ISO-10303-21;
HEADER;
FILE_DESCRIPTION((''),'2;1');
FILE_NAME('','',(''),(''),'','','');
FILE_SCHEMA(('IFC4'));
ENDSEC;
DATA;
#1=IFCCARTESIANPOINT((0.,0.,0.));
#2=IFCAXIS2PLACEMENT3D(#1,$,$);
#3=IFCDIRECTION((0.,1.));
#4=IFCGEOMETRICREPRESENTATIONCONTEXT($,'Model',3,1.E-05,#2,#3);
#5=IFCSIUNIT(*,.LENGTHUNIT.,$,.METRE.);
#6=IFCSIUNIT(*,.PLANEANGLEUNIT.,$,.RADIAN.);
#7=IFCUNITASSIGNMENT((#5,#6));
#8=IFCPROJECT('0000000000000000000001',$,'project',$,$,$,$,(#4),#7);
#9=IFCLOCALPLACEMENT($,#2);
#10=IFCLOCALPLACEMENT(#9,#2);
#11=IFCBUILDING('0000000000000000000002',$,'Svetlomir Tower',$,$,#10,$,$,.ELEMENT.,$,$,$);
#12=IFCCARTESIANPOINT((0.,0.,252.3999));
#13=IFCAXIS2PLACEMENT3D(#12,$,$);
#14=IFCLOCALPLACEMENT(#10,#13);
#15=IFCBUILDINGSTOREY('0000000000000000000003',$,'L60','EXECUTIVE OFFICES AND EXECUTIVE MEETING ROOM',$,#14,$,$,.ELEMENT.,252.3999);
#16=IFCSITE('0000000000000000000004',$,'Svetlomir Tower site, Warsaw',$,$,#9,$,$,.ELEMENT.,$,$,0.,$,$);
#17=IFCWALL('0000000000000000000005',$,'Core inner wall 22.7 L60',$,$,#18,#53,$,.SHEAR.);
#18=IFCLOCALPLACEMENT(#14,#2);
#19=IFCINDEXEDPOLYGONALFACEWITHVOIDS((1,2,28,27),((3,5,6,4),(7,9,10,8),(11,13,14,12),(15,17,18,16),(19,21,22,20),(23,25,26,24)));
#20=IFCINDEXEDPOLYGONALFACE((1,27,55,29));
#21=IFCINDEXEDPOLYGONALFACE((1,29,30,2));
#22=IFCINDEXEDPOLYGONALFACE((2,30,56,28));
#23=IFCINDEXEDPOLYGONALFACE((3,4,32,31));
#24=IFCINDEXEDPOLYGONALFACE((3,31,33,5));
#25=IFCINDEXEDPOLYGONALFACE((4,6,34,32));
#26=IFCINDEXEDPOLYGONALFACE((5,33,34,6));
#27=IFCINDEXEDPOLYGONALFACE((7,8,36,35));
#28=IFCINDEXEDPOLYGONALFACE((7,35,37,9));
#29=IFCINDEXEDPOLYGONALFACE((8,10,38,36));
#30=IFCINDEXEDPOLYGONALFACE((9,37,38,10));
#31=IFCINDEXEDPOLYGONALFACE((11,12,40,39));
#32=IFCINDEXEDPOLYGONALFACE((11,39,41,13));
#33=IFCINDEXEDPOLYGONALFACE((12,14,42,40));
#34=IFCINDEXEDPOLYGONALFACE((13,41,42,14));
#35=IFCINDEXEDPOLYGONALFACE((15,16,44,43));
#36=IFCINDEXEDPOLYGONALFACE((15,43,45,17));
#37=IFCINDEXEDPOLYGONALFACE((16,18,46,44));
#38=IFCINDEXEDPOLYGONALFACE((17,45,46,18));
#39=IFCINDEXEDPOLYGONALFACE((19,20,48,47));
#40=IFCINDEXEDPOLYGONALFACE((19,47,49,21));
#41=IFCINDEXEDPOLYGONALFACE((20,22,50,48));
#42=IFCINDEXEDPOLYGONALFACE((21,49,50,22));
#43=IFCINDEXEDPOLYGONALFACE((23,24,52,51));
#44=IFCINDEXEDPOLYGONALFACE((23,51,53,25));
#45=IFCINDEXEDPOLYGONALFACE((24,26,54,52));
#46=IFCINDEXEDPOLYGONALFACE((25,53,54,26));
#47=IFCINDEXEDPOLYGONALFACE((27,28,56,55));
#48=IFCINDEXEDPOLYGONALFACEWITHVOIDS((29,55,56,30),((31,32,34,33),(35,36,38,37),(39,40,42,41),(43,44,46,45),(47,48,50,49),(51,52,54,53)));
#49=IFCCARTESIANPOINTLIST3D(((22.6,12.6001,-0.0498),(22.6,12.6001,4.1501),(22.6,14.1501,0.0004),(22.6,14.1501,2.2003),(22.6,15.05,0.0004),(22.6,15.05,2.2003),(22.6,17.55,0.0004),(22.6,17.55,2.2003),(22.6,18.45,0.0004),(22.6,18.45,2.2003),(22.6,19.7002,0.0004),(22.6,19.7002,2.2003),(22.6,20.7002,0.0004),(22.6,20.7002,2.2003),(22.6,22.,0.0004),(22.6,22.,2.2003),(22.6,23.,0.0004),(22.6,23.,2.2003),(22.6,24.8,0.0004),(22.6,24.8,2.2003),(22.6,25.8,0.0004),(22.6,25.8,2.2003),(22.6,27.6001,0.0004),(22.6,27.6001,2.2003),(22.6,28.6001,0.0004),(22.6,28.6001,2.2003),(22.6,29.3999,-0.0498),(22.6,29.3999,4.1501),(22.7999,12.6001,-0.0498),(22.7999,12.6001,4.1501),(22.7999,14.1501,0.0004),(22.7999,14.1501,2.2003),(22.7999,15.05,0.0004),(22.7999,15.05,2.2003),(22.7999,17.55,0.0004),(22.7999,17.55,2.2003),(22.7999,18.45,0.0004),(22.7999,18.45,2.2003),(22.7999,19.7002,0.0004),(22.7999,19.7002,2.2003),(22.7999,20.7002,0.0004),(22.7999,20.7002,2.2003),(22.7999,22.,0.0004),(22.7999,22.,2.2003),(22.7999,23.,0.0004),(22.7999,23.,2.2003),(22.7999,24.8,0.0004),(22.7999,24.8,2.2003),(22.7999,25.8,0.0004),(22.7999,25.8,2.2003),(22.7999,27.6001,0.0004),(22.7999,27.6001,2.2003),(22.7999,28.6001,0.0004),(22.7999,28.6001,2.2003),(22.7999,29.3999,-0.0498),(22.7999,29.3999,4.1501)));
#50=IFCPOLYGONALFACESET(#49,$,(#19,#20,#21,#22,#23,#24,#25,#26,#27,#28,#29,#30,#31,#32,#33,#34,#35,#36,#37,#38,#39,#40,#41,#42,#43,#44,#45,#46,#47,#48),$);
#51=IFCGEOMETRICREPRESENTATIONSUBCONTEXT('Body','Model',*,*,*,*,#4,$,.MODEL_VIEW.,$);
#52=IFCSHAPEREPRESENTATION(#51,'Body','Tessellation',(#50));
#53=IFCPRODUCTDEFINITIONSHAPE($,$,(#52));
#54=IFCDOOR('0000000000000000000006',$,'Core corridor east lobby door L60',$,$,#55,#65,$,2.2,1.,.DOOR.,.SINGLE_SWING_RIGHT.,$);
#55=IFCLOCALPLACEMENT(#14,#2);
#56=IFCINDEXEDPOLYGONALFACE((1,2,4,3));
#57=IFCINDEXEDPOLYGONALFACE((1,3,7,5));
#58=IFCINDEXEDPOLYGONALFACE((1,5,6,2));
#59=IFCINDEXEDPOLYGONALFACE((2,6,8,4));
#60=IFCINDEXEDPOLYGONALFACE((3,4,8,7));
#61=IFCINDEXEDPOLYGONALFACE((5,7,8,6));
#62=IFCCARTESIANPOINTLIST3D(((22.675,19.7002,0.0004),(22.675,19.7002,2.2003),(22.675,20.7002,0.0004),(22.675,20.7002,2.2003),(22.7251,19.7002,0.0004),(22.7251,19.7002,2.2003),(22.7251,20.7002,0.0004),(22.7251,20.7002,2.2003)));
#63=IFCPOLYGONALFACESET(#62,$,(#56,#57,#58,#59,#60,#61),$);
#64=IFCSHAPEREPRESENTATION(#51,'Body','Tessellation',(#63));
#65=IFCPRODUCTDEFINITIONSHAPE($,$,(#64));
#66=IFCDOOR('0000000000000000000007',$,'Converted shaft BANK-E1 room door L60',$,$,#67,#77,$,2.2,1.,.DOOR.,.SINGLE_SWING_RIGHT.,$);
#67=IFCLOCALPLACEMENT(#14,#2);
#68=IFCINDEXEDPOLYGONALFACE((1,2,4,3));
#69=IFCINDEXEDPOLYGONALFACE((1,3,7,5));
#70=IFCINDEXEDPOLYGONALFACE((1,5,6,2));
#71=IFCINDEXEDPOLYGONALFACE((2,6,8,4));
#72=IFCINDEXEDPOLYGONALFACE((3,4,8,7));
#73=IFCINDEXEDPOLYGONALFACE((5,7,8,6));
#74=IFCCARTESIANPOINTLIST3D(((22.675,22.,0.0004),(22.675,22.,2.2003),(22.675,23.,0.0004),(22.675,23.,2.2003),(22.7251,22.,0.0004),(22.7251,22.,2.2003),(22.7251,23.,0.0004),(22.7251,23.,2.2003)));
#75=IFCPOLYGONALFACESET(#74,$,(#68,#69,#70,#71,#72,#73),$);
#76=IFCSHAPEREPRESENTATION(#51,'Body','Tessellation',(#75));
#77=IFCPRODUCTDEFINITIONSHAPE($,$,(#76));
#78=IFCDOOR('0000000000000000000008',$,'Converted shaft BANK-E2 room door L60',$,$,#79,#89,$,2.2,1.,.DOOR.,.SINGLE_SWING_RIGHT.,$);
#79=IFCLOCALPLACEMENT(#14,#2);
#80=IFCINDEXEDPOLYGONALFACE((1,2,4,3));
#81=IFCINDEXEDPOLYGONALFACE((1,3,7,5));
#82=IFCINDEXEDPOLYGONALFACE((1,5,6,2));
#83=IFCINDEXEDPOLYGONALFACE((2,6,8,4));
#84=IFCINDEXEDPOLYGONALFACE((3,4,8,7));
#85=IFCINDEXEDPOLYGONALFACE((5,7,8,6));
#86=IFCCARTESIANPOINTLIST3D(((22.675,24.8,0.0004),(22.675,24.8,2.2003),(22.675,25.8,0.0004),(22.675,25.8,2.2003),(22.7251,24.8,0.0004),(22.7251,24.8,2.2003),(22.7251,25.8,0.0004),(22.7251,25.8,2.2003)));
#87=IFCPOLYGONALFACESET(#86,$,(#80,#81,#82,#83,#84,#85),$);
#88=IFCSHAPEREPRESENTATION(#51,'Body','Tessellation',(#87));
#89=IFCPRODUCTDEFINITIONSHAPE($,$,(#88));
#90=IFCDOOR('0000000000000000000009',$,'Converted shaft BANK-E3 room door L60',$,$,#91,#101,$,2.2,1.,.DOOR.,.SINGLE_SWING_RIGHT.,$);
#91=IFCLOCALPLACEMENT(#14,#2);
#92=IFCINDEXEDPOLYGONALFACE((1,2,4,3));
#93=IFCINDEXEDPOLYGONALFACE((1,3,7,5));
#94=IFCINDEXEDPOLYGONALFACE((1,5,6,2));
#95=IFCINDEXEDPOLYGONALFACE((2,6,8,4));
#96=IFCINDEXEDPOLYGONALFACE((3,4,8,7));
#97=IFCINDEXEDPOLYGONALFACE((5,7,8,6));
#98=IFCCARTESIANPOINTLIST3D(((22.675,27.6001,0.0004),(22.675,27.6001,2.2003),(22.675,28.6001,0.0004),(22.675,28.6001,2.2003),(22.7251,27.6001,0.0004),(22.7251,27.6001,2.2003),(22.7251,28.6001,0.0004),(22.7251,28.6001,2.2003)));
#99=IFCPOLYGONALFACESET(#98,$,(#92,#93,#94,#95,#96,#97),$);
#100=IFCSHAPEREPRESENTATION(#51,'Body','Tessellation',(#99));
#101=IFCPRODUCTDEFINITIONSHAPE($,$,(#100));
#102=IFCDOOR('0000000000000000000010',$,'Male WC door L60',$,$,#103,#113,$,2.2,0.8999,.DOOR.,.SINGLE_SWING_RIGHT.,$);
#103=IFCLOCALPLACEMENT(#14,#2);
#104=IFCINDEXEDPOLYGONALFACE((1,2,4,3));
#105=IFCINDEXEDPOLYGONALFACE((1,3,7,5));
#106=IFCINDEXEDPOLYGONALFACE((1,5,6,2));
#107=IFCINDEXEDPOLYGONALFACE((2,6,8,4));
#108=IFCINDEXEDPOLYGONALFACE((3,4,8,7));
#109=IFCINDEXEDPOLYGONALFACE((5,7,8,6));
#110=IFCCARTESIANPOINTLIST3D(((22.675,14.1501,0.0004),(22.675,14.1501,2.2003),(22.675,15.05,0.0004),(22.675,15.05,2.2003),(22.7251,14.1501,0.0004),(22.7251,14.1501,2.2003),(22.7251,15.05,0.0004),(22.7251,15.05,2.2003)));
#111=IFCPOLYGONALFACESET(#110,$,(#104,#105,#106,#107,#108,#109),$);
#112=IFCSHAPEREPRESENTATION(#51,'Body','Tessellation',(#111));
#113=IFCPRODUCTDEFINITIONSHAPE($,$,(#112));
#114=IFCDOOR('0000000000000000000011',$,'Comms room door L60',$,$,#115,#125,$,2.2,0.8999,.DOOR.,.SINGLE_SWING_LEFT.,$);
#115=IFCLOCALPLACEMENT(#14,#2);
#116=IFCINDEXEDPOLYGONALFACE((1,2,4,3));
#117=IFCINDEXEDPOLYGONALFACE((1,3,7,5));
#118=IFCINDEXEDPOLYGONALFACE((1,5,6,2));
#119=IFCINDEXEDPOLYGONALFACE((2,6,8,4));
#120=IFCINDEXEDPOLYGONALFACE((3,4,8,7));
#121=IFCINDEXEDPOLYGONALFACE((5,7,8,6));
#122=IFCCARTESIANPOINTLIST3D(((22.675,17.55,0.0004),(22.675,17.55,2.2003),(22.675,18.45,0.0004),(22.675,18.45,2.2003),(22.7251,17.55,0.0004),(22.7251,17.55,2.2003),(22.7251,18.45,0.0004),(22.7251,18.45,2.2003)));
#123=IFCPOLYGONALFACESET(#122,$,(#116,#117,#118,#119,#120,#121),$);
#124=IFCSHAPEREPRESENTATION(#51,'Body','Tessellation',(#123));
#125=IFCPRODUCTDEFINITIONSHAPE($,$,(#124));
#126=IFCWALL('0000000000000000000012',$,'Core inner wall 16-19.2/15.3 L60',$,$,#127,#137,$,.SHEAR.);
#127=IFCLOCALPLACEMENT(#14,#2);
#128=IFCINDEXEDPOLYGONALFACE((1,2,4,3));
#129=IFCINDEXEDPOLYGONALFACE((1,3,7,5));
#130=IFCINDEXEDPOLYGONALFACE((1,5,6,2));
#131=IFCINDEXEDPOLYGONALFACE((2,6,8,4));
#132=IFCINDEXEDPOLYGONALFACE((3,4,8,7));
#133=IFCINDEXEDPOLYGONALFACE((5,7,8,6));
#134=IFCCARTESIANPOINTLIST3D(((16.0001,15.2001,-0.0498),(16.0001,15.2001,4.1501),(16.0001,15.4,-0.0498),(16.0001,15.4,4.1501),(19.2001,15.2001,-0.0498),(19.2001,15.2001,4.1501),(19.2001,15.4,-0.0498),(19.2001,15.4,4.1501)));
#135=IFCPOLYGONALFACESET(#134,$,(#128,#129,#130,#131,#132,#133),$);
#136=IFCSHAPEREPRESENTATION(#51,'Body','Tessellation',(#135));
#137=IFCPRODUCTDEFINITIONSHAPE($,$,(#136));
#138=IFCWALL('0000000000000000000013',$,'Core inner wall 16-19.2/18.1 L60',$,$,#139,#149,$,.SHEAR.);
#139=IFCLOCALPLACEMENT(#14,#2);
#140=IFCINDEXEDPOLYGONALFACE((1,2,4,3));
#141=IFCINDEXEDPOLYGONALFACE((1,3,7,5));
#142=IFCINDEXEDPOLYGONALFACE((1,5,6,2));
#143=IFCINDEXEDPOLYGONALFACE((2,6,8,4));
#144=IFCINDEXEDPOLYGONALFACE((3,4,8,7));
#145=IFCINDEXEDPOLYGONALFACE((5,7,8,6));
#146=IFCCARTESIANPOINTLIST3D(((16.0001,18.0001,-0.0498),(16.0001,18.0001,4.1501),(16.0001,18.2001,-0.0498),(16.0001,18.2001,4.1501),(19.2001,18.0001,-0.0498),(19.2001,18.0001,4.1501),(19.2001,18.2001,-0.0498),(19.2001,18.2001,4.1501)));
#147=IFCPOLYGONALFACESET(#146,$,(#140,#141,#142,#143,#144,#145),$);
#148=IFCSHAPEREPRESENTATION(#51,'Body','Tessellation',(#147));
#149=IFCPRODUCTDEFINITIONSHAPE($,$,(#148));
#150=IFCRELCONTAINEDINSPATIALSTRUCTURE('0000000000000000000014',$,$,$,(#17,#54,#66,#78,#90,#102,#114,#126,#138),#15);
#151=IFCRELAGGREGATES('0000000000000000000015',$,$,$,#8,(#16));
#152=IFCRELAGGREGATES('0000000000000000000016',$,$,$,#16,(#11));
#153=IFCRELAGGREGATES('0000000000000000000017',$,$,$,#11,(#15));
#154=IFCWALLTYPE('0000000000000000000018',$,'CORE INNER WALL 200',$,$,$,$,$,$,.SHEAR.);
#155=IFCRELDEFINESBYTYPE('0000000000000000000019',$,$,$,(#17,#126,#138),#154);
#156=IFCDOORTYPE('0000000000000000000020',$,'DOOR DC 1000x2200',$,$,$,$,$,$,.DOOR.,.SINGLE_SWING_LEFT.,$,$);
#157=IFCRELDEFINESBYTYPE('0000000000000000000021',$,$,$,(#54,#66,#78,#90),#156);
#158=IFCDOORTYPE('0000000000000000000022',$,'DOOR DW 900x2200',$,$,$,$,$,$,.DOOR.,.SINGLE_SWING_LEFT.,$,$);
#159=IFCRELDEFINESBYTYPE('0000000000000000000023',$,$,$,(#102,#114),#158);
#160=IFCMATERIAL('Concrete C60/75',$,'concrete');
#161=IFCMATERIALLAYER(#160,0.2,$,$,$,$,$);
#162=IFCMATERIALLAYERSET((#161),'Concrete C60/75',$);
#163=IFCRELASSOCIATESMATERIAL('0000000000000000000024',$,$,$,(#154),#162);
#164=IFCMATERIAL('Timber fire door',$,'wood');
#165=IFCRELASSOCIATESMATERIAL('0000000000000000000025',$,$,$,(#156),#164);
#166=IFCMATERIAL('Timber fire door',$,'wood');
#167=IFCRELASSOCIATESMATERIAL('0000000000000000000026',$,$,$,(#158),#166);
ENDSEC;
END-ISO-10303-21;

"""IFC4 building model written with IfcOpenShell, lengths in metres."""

from ifc_helpers import new_model, si_unit, direction, frame, frame_2d, origin, place, context, subcontext, project, spatial, rectangle, extrude, material, layer, layer_set, type_object, element, fill, save


model = new_model("IFC4")

# Units and contexts
model_context = context("Model", 3, precision=1e-05, world=origin(), true_north=direction((0.0, 1.0)))
body_context = subcontext(model_context, "Body", "Model", "MODEL_VIEW")
ifc_project = project(units=[si_unit("LENGTHUNIT", "METRE"), si_unit("PLANEANGLEUNIT", "RADIAN")], contexts=[model_context])

# Site, building, storey
site_placement = place(None, origin())
site = spatial("IfcSite", under=ifc_project, at=site_placement, Name="Svetlomir Tower site, Warsaw", CompositionType="ELEMENT", RefElevation=0.0)
building_placement = place(site_placement, origin())
building = spatial("IfcBuilding", under=site, at=building_placement, Name="Svetlomir Tower", CompositionType="ELEMENT")
storey_placement = place(building_placement, frame((0.0, 0.0, 252.3999)))
storey = spatial("IfcBuildingStorey", under=building, at=storey_placement, Name="L60", Description="EXECUTIVE OFFICES AND EXECUTIVE MEETING ROOM", CompositionType="ELEMENT", Elevation=252.3999)

# Wall, openings, doors
ifc_material_1 = material(Name="Concrete C60/75", Category="concrete")
ifc_layer = layer(ifc_material_1, 0.2)
ifc_layer_set = layer_set([ifc_layer], Name="Concrete C60/75")
wall_type = type_object("IfcWallType", Name="CORE INNER WALL 200", PredefinedType="SHEAR", material=ifc_layer_set)
ifc_material_2 = material(Name="Timber fire door", Category="wood")
door_type_1 = type_object("IfcDoorType", Name="DOOR DC 1000x2200", OperationType="SINGLE_SWING_LEFT", PredefinedType="DOOR", material=ifc_material_2)
ifc_material_3 = material(Name="Timber fire door", Category="wood")
door_type_2 = type_object("IfcDoorType", Name="DOOR DW 900x2200", OperationType="SINGLE_SWING_LEFT", PredefinedType="DOOR", material=ifc_material_3)
wall_1_placement = place(storey_placement, frame((22.7, 12.6001, -0.0498), z_axis=(0.0, 0.0, 1.0), x_axis=(0.0, 1.0, 0.0)))
wall_1 = element("IfcWall", 1, at=wall_1_placement, inside=storey, type_object=wall_type, Name="Core inner wall 22.7 L60", PredefinedType="SHEAR", context=body_context, shape_type="SweptSolid", body=[
    extrude(rectangle(XDim=16.7998, YDim=0.2, at=frame_2d((8.3999, 0.0))), origin(), (0.0, 0.0, 1.0), 4.2),
])
opening_1_placement = place(wall_1_placement, frame((7.1001, 0.0, 0.05)))
opening_1 = element("IfcOpeningElement", 2, at=opening_1_placement, cuts=wall_1, PredefinedType="OPENING", context=body_context, shape_type="SweptSolid", body=[
    extrude(rectangle(XDim=1.0, YDim=2.2, at=frame_2d((0.5, 1.1001))), frame((0.0, 0.1099, 0.0), z_axis=(0.0, -1.0, 0.0), x_axis=(1.0, 0.0, 0.0)), (0.0, 0.0, 1.0), 0.22),
])
opening_2_placement = place(wall_1_placement, frame((1.55, 0.0, 0.05)))
opening_2 = element("IfcOpeningElement", 3, at=opening_2_placement, cuts=wall_1, PredefinedType="OPENING", context=body_context, shape_type="SweptSolid", body=[
    extrude(rectangle(XDim=0.8999, YDim=2.2, at=frame_2d((0.45, 1.1001))), frame((0.0, 0.1099, 0.0), z_axis=(0.0, -1.0, 0.0), x_axis=(1.0, 0.0, 0.0)), (0.0, 0.0, 1.0), 0.22),
])
opening_3_placement = place(wall_1_placement, frame((4.95, 0.0, 0.05)))
opening_3 = element("IfcOpeningElement", 4, at=opening_3_placement, cuts=wall_1, PredefinedType="OPENING", context=body_context, shape_type="SweptSolid", body=[
    extrude(rectangle(XDim=0.8999, YDim=2.2, at=frame_2d((0.45, 1.1001))), frame((0.0, 0.1099, 0.0), z_axis=(0.0, -1.0, 0.0), x_axis=(1.0, 0.0, 0.0)), (0.0, 0.0, 1.0), 0.22),
])
opening_4_placement = place(wall_1_placement, frame((9.3999, 0.0, 0.05)))
opening_4 = element("IfcOpeningElement", 5, at=opening_4_placement, cuts=wall_1, PredefinedType="OPENING", context=body_context, shape_type="SweptSolid", body=[
    extrude(rectangle(XDim=1.0, YDim=2.2, at=frame_2d((0.5, 1.1001))), frame((0.0, 0.1099, 0.0), z_axis=(0.0, -1.0, 0.0), x_axis=(1.0, 0.0, 0.0)), (0.0, 0.0, 1.0), 0.22),
])
opening_5_placement = place(wall_1_placement, frame((12.2, 0.0, 0.05)))
opening_5 = element("IfcOpeningElement", 6, at=opening_5_placement, cuts=wall_1, PredefinedType="OPENING", context=body_context, shape_type="SweptSolid", body=[
    extrude(rectangle(XDim=1.0, YDim=2.2, at=frame_2d((0.5, 1.1001))), frame((0.0, 0.1099, 0.0), z_axis=(0.0, -1.0, 0.0), x_axis=(1.0, 0.0, 0.0)), (0.0, 0.0, 1.0), 0.22),
])
opening_6_placement = place(wall_1_placement, frame((15.0, 0.0, 0.05)))
opening_6 = element("IfcOpeningElement", 7, at=opening_6_placement, cuts=wall_1, PredefinedType="OPENING", context=body_context, shape_type="SweptSolid", body=[
    extrude(rectangle(XDim=1.0, YDim=2.2, at=frame_2d((0.5, 1.1001))), frame((0.0, 0.1099, 0.0), z_axis=(0.0, -1.0, 0.0), x_axis=(1.0, 0.0, 0.0)), (0.0, 0.0, 1.0), 0.22),
])
door_1_placement = place(opening_1_placement, origin())
door_1 = element("IfcDoor", 8, at=door_1_placement, inside=storey, type_object=door_type_1, Name="Core corridor east lobby door L60", OperationType="SINGLE_SWING_RIGHT", OverallHeight=2.2, OverallWidth=1.0, PredefinedType="DOOR", context=body_context, shape_type="SweptSolid", body=[
    extrude(rectangle(XDim=1.0, YDim=2.2, at=frame_2d((0.5, 1.1001))), frame((0.0, 0.0249, 0.0), z_axis=(0.0, -1.0, 0.0), x_axis=(1.0, 0.0, 0.0)), (0.0, 0.0, 1.0), 0.05),
])
fill(opening_1, door_1)
door_2_placement = place(opening_4_placement, origin())
door_2 = element("IfcDoor", 9, at=door_2_placement, inside=storey, type_object=door_type_1, Name="Converted shaft BANK-E1 room door L60", OperationType="SINGLE_SWING_RIGHT", OverallHeight=2.2, OverallWidth=1.0, PredefinedType="DOOR", context=body_context, shape_type="SweptSolid", body=[
    extrude(rectangle(XDim=1.0, YDim=2.2, at=frame_2d((0.5, 1.1001))), frame((0.0, 0.0249, 0.0), z_axis=(0.0, -1.0, 0.0), x_axis=(1.0, 0.0, 0.0)), (0.0, 0.0, 1.0), 0.05),
])
fill(opening_4, door_2)
door_3_placement = place(opening_5_placement, origin())
door_3 = element("IfcDoor", 10, at=door_3_placement, inside=storey, type_object=door_type_1, Name="Converted shaft BANK-E2 room door L60", OperationType="SINGLE_SWING_RIGHT", OverallHeight=2.2, OverallWidth=1.0, PredefinedType="DOOR", context=body_context, shape_type="SweptSolid", body=[
    extrude(rectangle(XDim=1.0, YDim=2.2, at=frame_2d((0.5, 1.1001))), frame((0.0, 0.0249, 0.0), z_axis=(0.0, -1.0, 0.0), x_axis=(1.0, 0.0, 0.0)), (0.0, 0.0, 1.0), 0.05),
])
fill(opening_5, door_3)
door_4_placement = place(opening_6_placement, origin())
door_4 = element("IfcDoor", 11, at=door_4_placement, inside=storey, type_object=door_type_1, Name="Converted shaft BANK-E3 room door L60", OperationType="SINGLE_SWING_RIGHT", OverallHeight=2.2, OverallWidth=1.0, PredefinedType="DOOR", context=body_context, shape_type="SweptSolid", body=[
    extrude(rectangle(XDim=1.0, YDim=2.2, at=frame_2d((0.5, 1.1001))), frame((0.0, 0.0249, 0.0), z_axis=(0.0, -1.0, 0.0), x_axis=(1.0, 0.0, 0.0)), (0.0, 0.0, 1.0), 0.05),
])
fill(opening_6, door_4)
door_5_placement = place(opening_2_placement, origin())
door_5 = element("IfcDoor", 12, at=door_5_placement, inside=storey, type_object=door_type_2, Name="Male WC door L60", OperationType="SINGLE_SWING_RIGHT", OverallHeight=2.2, OverallWidth=0.8999, PredefinedType="DOOR", context=body_context, shape_type="SweptSolid", body=[
    extrude(rectangle(XDim=0.8999, YDim=2.2, at=frame_2d((0.45, 1.1001))), frame((0.0, 0.0249, 0.0), z_axis=(0.0, -1.0, 0.0), x_axis=(1.0, 0.0, 0.0)), (0.0, 0.0, 1.0), 0.05),
])
fill(opening_2, door_5)
door_6_placement = place(opening_3_placement, origin())
door_6 = element("IfcDoor", 13, at=door_6_placement, inside=storey, type_object=door_type_2, Name="Comms room door L60", OperationType="SINGLE_SWING_LEFT", OverallHeight=2.2, OverallWidth=0.8999, PredefinedType="DOOR", context=body_context, shape_type="SweptSolid", body=[
    extrude(rectangle(XDim=0.8999, YDim=2.2, at=frame_2d((0.45, 1.1001))), frame((0.0, 0.0249, 0.0), z_axis=(0.0, -1.0, 0.0), x_axis=(1.0, 0.0, 0.0)), (0.0, 0.0, 1.0), 0.05),
])
fill(opening_3, door_6)

# Walls
for number, where, z_axis, x_axis, name in (
    (14, (16.0, 15.3, -0.0498), (0.0, 0.0, 1.0), (1.0, 0.0, 0.0), "Core inner wall 16-19.2/15.3 L60"),
    (15, (16.0, 18.1001, -0.0498), (0.0, 0.0, 1.0), (1.0, 0.0, 0.0), "Core inner wall 16-19.2/18.1 L60"),
):
    element("IfcWall", number, at=place(storey_placement, frame(where, z_axis=z_axis, x_axis=x_axis)), inside=storey, type_object=wall_type, Name=name, PredefinedType="SHEAR", context=body_context, shape_type="SweptSolid", body=[
        extrude(rectangle(XDim=3.2, YDim=0.2, at=frame_2d((1.6001, 0.0))), origin(), (0.0, 0.0, 1.0), 4.2),
    ])

save(model, "model.ifc")
